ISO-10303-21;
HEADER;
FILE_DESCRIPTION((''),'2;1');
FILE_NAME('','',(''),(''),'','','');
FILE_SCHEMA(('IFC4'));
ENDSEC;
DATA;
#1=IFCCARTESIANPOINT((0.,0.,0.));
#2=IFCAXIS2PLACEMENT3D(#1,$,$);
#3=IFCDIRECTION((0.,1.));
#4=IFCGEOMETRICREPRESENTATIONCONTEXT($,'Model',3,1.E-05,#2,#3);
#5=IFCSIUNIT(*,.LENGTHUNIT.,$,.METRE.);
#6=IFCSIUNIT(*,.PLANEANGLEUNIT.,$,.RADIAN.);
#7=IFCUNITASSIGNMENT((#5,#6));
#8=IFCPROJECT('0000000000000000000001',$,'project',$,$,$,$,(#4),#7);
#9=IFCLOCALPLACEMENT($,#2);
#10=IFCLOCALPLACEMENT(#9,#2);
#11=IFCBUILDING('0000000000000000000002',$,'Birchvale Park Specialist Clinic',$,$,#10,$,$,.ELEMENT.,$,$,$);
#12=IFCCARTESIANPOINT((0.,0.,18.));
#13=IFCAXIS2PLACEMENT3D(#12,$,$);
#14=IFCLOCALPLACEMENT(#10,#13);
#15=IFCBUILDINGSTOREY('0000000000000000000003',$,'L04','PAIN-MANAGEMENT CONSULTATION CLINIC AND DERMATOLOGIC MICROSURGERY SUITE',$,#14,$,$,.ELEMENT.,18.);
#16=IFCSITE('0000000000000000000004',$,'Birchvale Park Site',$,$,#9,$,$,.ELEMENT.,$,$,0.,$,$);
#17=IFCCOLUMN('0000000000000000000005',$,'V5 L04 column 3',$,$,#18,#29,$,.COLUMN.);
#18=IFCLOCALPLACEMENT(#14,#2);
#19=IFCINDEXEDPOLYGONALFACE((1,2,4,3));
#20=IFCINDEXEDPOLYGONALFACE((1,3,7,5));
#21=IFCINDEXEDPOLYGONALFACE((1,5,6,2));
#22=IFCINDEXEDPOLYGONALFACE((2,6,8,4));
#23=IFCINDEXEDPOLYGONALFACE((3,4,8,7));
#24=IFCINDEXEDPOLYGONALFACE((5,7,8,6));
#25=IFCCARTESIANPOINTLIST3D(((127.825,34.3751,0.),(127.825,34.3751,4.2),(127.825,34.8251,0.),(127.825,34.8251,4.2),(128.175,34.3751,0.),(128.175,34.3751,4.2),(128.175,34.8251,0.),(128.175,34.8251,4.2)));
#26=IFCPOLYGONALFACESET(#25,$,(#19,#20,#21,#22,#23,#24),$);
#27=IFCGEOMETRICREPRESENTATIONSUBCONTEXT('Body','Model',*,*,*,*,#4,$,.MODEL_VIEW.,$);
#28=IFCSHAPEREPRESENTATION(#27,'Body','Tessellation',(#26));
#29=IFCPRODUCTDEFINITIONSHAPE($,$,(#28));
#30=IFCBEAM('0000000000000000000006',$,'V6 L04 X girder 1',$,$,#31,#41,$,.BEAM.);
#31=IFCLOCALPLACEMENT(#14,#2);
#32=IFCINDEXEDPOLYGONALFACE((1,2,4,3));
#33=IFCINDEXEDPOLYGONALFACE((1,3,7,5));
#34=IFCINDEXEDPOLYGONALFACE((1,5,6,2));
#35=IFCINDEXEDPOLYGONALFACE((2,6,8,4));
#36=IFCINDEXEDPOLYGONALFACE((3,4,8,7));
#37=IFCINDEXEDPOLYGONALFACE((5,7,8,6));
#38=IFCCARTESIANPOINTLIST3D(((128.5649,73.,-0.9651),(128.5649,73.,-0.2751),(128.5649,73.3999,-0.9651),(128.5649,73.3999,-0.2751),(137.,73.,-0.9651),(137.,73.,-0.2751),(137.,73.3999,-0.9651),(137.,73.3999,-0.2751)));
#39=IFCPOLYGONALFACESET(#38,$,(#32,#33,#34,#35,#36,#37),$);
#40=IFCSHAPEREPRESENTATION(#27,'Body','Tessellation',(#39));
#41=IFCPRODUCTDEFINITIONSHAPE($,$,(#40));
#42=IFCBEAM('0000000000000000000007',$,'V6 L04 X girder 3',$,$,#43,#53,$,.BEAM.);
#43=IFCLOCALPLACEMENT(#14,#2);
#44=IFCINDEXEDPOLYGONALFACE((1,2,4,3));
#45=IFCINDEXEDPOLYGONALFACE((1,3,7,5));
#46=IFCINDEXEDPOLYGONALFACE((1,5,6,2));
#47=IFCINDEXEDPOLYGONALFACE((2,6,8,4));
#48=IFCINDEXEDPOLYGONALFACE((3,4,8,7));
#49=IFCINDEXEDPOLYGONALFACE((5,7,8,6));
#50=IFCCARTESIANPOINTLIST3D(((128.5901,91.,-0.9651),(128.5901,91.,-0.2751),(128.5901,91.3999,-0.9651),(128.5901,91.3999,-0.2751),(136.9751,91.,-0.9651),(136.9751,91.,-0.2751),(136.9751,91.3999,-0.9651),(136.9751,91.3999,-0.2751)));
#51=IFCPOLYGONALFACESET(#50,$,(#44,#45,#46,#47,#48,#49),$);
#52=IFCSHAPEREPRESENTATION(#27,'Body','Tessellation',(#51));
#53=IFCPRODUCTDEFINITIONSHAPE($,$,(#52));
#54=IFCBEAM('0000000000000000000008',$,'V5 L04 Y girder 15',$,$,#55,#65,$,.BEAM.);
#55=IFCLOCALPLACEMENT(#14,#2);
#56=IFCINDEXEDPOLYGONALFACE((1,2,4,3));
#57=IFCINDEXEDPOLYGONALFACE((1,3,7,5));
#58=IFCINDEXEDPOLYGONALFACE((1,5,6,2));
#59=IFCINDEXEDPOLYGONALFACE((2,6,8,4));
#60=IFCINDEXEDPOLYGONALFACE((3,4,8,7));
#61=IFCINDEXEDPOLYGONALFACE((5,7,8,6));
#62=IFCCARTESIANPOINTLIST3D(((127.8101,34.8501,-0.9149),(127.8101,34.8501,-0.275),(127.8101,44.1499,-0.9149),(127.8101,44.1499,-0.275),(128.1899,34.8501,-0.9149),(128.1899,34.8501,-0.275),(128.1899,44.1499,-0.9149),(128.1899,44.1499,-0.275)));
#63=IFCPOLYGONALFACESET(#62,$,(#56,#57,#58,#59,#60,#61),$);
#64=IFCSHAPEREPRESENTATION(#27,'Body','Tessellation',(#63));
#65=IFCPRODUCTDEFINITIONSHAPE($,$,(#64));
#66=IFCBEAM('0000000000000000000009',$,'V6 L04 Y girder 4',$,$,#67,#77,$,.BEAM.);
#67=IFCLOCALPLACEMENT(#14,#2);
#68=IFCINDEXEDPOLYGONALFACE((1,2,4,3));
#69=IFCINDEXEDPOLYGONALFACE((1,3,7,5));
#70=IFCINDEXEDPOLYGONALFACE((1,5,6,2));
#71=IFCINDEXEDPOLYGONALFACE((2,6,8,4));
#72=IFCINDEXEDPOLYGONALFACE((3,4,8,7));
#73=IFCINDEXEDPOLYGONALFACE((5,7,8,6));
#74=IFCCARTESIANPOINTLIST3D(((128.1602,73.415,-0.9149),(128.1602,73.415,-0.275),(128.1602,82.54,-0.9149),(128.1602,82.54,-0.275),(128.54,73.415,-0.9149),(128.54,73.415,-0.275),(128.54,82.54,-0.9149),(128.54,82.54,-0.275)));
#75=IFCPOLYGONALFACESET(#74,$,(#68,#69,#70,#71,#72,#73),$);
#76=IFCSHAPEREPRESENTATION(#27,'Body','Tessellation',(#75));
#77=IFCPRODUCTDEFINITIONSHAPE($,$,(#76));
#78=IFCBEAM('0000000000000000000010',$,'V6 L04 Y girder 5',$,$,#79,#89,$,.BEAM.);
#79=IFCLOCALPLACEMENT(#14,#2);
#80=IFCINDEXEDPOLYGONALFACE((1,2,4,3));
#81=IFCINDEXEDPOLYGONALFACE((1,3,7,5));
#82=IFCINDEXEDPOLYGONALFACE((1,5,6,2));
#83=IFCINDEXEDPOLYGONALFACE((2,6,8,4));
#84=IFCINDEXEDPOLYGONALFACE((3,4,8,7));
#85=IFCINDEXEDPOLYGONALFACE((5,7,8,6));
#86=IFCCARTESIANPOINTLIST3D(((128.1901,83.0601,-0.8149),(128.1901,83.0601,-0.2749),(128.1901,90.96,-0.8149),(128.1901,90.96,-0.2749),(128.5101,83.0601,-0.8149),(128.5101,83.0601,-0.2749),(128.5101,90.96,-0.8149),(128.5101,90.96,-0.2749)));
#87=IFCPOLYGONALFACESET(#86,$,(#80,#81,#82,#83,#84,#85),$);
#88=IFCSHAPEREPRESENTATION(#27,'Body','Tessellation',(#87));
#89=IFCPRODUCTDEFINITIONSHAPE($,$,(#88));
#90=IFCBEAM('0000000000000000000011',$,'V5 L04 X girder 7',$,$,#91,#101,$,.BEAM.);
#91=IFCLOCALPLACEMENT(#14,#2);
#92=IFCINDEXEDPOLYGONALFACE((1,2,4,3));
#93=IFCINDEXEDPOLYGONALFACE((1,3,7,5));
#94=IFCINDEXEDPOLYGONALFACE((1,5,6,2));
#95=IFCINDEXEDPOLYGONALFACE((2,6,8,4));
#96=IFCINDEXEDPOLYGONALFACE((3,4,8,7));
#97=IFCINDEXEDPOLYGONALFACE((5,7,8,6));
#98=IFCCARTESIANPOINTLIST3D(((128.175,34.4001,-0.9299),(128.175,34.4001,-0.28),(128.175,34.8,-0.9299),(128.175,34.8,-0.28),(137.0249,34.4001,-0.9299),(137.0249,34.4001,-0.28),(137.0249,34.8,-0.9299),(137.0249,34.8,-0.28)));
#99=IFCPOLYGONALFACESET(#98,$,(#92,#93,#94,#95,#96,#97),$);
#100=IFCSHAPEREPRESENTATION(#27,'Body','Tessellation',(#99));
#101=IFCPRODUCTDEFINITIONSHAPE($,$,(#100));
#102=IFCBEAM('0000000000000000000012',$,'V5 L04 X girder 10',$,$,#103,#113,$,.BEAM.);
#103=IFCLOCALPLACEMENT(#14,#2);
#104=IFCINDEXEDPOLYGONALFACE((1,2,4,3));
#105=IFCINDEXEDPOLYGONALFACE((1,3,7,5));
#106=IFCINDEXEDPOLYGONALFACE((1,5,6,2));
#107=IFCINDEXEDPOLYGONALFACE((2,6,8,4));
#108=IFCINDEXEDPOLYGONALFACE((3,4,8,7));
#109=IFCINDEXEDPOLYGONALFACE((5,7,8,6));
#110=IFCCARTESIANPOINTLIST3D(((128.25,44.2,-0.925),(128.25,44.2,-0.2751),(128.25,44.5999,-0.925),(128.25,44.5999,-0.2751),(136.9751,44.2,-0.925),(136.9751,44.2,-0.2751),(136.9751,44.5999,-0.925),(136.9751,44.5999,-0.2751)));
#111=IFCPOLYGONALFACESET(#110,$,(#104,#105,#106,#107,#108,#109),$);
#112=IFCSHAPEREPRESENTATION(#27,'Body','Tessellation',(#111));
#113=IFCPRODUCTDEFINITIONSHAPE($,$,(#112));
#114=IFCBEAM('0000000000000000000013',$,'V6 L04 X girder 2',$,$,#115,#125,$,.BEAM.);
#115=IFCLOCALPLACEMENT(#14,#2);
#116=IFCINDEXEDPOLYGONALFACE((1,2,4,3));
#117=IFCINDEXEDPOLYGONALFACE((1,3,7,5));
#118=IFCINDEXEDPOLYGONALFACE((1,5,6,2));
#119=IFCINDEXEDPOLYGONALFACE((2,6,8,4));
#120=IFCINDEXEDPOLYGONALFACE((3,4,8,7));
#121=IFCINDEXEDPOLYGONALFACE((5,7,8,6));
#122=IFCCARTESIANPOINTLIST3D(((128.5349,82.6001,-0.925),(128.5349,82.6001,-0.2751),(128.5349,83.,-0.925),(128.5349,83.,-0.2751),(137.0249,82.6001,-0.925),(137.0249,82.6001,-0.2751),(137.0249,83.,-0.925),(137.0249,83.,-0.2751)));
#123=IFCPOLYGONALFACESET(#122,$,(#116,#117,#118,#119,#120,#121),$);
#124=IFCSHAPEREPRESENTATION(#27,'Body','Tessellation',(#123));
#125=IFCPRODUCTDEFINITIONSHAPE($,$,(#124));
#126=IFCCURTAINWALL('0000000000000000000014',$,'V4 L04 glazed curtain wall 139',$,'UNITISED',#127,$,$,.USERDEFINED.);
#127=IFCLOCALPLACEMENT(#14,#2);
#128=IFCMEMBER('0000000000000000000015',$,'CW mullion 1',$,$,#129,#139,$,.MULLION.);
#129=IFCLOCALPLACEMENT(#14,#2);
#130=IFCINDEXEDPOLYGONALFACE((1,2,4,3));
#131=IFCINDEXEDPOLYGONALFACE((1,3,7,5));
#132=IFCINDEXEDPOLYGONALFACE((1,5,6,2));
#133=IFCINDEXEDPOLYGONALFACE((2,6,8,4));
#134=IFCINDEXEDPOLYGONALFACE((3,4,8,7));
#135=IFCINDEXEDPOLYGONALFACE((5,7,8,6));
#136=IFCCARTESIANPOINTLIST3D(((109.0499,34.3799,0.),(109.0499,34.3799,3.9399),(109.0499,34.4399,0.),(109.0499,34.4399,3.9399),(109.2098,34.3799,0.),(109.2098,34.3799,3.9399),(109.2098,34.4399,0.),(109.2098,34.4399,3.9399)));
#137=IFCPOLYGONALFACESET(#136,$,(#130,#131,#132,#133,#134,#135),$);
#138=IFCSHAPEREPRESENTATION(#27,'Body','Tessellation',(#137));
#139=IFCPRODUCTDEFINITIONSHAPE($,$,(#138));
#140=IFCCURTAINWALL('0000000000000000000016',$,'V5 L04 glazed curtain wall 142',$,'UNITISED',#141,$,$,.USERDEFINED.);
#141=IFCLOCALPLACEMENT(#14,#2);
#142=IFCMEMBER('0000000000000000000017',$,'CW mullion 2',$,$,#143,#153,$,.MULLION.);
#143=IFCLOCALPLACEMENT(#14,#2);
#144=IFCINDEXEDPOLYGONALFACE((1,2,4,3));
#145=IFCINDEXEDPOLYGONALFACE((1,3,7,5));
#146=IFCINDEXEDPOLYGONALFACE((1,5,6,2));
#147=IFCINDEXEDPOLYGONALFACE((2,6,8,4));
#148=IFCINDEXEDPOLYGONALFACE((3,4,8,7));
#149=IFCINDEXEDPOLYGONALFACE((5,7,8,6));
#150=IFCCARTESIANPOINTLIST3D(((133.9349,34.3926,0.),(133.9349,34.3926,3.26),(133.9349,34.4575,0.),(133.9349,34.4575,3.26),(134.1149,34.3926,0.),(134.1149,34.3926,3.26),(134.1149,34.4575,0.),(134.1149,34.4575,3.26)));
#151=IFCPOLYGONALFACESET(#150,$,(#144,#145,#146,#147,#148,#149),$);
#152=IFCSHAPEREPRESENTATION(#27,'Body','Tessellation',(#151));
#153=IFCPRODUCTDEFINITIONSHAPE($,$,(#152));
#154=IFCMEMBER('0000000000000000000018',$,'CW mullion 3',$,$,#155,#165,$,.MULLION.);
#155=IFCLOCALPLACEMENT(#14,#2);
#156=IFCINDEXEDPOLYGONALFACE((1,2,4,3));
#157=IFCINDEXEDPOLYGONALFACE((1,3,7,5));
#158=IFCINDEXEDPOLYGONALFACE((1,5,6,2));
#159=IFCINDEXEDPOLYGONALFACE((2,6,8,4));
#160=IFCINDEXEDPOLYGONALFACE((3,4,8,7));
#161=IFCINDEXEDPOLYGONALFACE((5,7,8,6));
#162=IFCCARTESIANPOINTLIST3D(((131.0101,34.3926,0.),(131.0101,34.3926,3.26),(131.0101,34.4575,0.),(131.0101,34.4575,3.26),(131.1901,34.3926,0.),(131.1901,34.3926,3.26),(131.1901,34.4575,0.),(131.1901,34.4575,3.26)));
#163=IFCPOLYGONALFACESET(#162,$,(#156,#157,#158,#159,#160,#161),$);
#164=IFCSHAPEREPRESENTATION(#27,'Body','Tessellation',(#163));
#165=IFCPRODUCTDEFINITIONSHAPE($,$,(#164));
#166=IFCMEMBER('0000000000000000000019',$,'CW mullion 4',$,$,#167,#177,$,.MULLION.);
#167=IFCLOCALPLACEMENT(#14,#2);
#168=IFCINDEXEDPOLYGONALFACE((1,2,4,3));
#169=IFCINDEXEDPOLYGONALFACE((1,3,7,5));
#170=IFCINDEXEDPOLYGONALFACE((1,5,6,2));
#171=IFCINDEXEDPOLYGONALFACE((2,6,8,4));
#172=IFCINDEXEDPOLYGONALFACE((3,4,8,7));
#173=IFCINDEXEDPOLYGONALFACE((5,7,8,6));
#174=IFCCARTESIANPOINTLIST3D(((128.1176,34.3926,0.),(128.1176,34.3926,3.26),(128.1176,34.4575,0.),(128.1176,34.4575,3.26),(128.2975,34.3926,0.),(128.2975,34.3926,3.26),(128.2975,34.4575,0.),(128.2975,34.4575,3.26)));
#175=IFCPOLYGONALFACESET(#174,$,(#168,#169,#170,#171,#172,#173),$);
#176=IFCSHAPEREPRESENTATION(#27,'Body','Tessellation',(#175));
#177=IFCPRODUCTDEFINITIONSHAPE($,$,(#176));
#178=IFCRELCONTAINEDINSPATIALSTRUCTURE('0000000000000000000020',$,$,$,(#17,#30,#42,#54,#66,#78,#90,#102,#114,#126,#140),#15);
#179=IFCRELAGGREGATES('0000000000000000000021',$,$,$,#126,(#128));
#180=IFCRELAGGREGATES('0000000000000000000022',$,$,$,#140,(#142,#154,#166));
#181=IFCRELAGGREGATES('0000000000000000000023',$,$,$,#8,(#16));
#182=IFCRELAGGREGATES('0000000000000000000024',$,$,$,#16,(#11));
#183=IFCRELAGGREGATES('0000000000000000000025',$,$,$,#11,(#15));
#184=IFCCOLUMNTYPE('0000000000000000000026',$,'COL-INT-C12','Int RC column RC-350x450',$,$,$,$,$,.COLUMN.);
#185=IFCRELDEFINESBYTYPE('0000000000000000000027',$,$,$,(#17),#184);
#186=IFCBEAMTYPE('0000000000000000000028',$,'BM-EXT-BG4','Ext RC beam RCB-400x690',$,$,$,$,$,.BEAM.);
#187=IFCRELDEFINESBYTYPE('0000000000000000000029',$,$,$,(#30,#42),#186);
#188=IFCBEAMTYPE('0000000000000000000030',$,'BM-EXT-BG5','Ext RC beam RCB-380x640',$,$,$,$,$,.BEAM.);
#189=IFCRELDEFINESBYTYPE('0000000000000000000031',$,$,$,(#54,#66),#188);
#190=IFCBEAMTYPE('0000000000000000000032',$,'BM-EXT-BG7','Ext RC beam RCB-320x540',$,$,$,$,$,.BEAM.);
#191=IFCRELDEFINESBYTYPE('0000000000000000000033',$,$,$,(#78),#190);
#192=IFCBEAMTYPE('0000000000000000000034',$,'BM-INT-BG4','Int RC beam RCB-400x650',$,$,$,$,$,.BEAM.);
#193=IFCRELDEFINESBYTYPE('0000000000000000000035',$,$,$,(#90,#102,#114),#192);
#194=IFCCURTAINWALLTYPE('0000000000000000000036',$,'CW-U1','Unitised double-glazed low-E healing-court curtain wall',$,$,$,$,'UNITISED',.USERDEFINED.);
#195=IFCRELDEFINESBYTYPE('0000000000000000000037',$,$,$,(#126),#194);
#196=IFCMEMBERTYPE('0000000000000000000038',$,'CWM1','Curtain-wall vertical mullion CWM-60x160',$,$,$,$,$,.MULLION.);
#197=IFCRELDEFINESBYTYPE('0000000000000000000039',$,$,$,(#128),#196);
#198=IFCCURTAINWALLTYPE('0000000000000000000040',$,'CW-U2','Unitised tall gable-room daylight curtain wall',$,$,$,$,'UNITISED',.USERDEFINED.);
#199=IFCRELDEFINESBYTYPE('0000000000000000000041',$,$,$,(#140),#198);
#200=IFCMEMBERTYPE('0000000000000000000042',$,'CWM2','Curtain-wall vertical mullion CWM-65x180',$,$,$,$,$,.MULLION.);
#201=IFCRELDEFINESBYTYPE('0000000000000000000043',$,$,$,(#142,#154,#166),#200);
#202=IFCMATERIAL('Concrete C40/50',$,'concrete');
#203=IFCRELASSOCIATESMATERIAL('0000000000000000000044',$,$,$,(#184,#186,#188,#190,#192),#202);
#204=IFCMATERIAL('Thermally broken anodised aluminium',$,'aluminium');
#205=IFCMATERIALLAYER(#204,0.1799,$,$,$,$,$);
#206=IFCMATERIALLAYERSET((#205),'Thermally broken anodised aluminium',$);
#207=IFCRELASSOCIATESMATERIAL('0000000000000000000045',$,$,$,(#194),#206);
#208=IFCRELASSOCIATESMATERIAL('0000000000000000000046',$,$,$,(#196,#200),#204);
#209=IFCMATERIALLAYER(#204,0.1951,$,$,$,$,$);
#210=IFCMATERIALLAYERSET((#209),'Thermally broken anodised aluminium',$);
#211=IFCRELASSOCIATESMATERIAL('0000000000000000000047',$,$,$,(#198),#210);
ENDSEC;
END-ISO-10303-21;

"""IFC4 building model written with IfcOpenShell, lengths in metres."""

from ifc_helpers import new_model, si_unit, direction, frame, origin, origin_2d, place, context, subcontext, project, spatial, rectangle, extrude, material, layer, layer_set, material_profile, profile_set, type_object, element, aggregate, save


model = new_model("IFC4")

# Units and contexts
model_context = context("Model", 3, precision=1e-05, world=origin(), true_north=direction((0.0, 1.0)))
body_context = subcontext(model_context, "Body", "Model", "MODEL_VIEW")
ifc_project = project(units=[si_unit("LENGTHUNIT", "METRE"), si_unit("PLANEANGLEUNIT", "RADIAN")], contexts=[model_context])

# Site, building, storey
site_placement = place(None, origin())
site = spatial("IfcSite", under=ifc_project, at=site_placement, Name="Birchvale Park Site", CompositionType="ELEMENT", RefElevation=0.0)
building_placement = place(site_placement, origin())
building = spatial("IfcBuilding", under=site, at=building_placement, Name="Birchvale Park Specialist Clinic", CompositionType="ELEMENT")
storey_placement = place(building_placement, frame((0.0, 0.0, 18.0)))
storey = spatial("IfcBuildingStorey", under=building, at=storey_placement, Name="L04", Description="PAIN-MANAGEMENT CONSULTATION CLINIC AND DERMATOLOGIC MICROSURGERY SUITE", CompositionType="ELEMENT", Elevation=18.0)

# Column
ifc_material_1 = material(Name="Concrete C40/50", Category="concrete")
ifc_material_profile_1 = material_profile(ifc_material_1, rectangle(XDim=0.3501, YDim=0.45, at=origin_2d()), Name="RC-350x450")
ifc_profile_set_1 = profile_set([ifc_material_profile_1], Name="Concrete C40/50")
column_type = type_object("IfcColumnType", Name="COL-INT-C12", Description="Int RC column RC-350x450", PredefinedType="COLUMN", material=ifc_profile_set_1)
column_placement = place(storey_placement, frame((128.0, 34.6001, 0.0), z_axis=(0.0, 0.0, 1.0), x_axis=(1.0, 0.0, 0.0)))
element("IfcColumn", 1, at=column_placement, inside=storey, type_object=column_type, Name="V5 L04 column 3", PredefinedType="COLUMN", context=body_context, shape_type="SweptSolid", body=[
    extrude(rectangle(XDim=0.3501, YDim=0.45, at=origin_2d()), origin(), (0.0, 0.0, 1.0), 4.2),
])

# Beams
ifc_material_profile_2 = material_profile(ifc_material_1, rectangle(XDim=0.3999, YDim=0.6899, at=origin_2d()), Name="RCB-400x690")
ifc_profile_set_2 = profile_set([ifc_material_profile_2], Name="Concrete C40/50")
beam_type_1 = type_object("IfcBeamType", Name="BM-EXT-BG4", Description="Ext RC beam RCB-400x690", PredefinedType="BEAM", material=ifc_profile_set_2)
beam_1_placement = place(storey_placement, frame((128.5649, 73.2, -0.6201), z_axis=(1.0, 0.0, 0.0), x_axis=(0.0, 1.0, 0.0)))
element("IfcBeam", 2, at=beam_1_placement, inside=storey, type_object=beam_type_1, Name="V6 L04 X girder 1", PredefinedType="BEAM", context=body_context, shape_type="SweptSolid", body=[
    extrude(rectangle(XDim=0.3999, YDim=0.6899, at=origin_2d()), origin(), (0.0, 0.0, 1.0), 8.4351),
])
beam_2_placement = place(storey_placement, frame((128.5901, 91.2, -0.6201), z_axis=(1.0, 0.0, 0.0), x_axis=(0.0, 1.0, 0.0)))
element("IfcBeam", 3, at=beam_2_placement, inside=storey, type_object=beam_type_1, Name="V6 L04 X girder 3", PredefinedType="BEAM", context=body_context, shape_type="SweptSolid", body=[
    extrude(rectangle(XDim=0.3999, YDim=0.6899, at=origin_2d()), origin(), (0.0, 0.0, 1.0), 8.385),
])
ifc_material_profile_3 = material_profile(ifc_material_1, rectangle(XDim=0.3799, YDim=0.6399, at=origin_2d()), Name="RCB-380x640")
ifc_profile_set_3 = profile_set([ifc_material_profile_3], Name="Concrete C40/50")
beam_type_2 = type_object("IfcBeamType", Name="BM-EXT-BG5", Description="Ext RC beam RCB-380x640", PredefinedType="BEAM", material=ifc_profile_set_3)
beam_3_placement = place(storey_placement, frame((128.0, 34.8501, -0.595), z_axis=(0.0, 1.0, 0.0), x_axis=(-1.0, 0.0, 0.0)))
element("IfcBeam", 4, at=beam_3_placement, inside=storey, type_object=beam_type_2, Name="V5 L04 Y girder 15", PredefinedType="BEAM", context=body_context, shape_type="SweptSolid", body=[
    extrude(rectangle(XDim=0.3799, YDim=0.6399, at=origin_2d()), origin(), (0.0, 0.0, 1.0), 9.2998),
])
beam_4_placement = place(storey_placement, frame((128.3501, 73.415, -0.595), z_axis=(0.0, 1.0, 0.0), x_axis=(-1.0, 0.0, 0.0)))
element("IfcBeam", 5, at=beam_4_placement, inside=storey, type_object=beam_type_2, Name="V6 L04 Y girder 4", PredefinedType="BEAM", context=body_context, shape_type="SweptSolid", body=[
    extrude(rectangle(XDim=0.3799, YDim=0.6399, at=origin_2d()), origin(), (0.0, 0.0, 1.0), 9.125),
])
ifc_material_profile_4 = material_profile(ifc_material_1, rectangle(XDim=0.3201, YDim=0.54, at=origin_2d()), Name="RCB-320x540")
ifc_profile_set_4 = profile_set([ifc_material_profile_4], Name="Concrete C40/50")
beam_type_3 = type_object("IfcBeamType", Name="BM-EXT-BG7", Description="Ext RC beam RCB-320x540", PredefinedType="BEAM", material=ifc_profile_set_4)
beam_5_placement = place(storey_placement, frame((128.3501, 83.0601, -0.5449), z_axis=(0.0, 1.0, 0.0), x_axis=(-1.0, 0.0, 0.0)))
element("IfcBeam", 6, at=beam_5_placement, inside=storey, type_object=beam_type_3, Name="V6 L04 Y girder 5", PredefinedType="BEAM", context=body_context, shape_type="SweptSolid", body=[
    extrude(rectangle(XDim=0.3201, YDim=0.54, at=origin_2d()), origin(), (0.0, 0.0, 1.0), 7.8999),
])
ifc_material_profile_5 = material_profile(ifc_material_1, rectangle(XDim=0.3999, YDim=0.6499, at=origin_2d()), Name="RCB-400x650")
ifc_profile_set_5 = profile_set([ifc_material_profile_5], Name="Concrete C40/50")
beam_type_4 = type_object("IfcBeamType", Name="BM-INT-BG4", Description="Int RC beam RCB-400x650", PredefinedType="BEAM", material=ifc_profile_set_5)
beam_6_placement = place(storey_placement, frame((128.175, 34.6001, -0.605), z_axis=(1.0, 0.0, 0.0), x_axis=(0.0, 1.0, 0.0)))
element("IfcBeam", 7, at=beam_6_placement, inside=storey, type_object=beam_type_4, Name="V5 L04 X girder 7", PredefinedType="BEAM", context=body_context, shape_type="SweptSolid", body=[
    extrude(rectangle(XDim=0.3999, YDim=0.6499, at=origin_2d()), origin(), (0.0, 0.0, 1.0), 8.8499),
])
beam_7_placement = place(storey_placement, frame((128.25, 44.3999, -0.6001), z_axis=(1.0, 0.0, 0.0), x_axis=(0.0, 1.0, 0.0)))
element("IfcBeam", 8, at=beam_7_placement, inside=storey, type_object=beam_type_4, Name="V5 L04 X girder 10", PredefinedType="BEAM", context=body_context, shape_type="SweptSolid", body=[
    extrude(rectangle(XDim=0.3999, YDim=0.6499, at=origin_2d()), origin(), (0.0, 0.0, 1.0), 8.7251),
])
beam_8_placement = place(storey_placement, frame((128.5349, 82.8, -0.6001), z_axis=(1.0, 0.0, 0.0), x_axis=(0.0, 1.0, 0.0)))
element("IfcBeam", 9, at=beam_8_placement, inside=storey, type_object=beam_type_4, Name="V6 L04 X girder 2", PredefinedType="BEAM", context=body_context, shape_type="SweptSolid", body=[
    extrude(rectangle(XDim=0.3999, YDim=0.6499, at=origin_2d()), origin(), (0.0, 0.0, 1.0), 8.49),
])

# Curtain wall, member
ifc_material_2 = material(Name="Thermally broken anodised aluminium", Category="aluminium")
ifc_layer_1 = layer(ifc_material_2, 0.1799)
ifc_layer_set_1 = layer_set([ifc_layer_1], Name="Thermally broken anodised aluminium")
curtain_wall_type_1 = type_object("IfcCurtainWallType", Name="CW-U1", Description="Unitised double-glazed low-E healing-court curtain wall", ElementType="UNITISED", PredefinedType="USERDEFINED", material=ifc_layer_set_1)
curtain_wall_1_placement = place(storey_placement, origin())
curtain_wall_1 = element("IfcCurtainWall", 10, at=curtain_wall_1_placement, inside=storey, type_object=curtain_wall_type_1, Name="V4 L04 glazed curtain wall 139", ObjectType="UNITISED", PredefinedType="USERDEFINED")
ifc_material_profile_6 = material_profile(ifc_material_2, rectangle(XDim=0.0601, YDim=0.1599, at=origin_2d()), Name="CWM-60x160")
ifc_profile_set_6 = profile_set([ifc_material_profile_6], Name="Thermally broken anodised aluminium")
member_type_1 = type_object("IfcMemberType", Name="CWM1", Description="Curtain-wall vertical mullion CWM-60x160", PredefinedType="MULLION", material=ifc_profile_set_6)
member_1_placement = place(storey_placement, frame((109.1299, 34.4099, 0.0), z_axis=(0.0, 0.0, 1.0), x_axis=(0.0, -1.0, 0.0)))
member_1 = element("IfcMember", 11, at=member_1_placement, type_object=member_type_1, Name="CW mullion 1", PredefinedType="MULLION", context=body_context, shape_type="SweptSolid", body=[
    extrude(rectangle(XDim=0.0601, YDim=0.1599, at=origin_2d()), origin(), (0.0, 0.0, 1.0), 3.9399),
])

# Curtain wall, members
ifc_layer_2 = layer(ifc_material_2, 0.1951)
ifc_layer_set_2 = layer_set([ifc_layer_2], Name="Thermally broken anodised aluminium")
curtain_wall_type_2 = type_object("IfcCurtainWallType", Name="CW-U2", Description="Unitised tall gable-room daylight curtain wall", ElementType="UNITISED", PredefinedType="USERDEFINED", material=ifc_layer_set_2)
curtain_wall_2_placement = place(storey_placement, origin())
curtain_wall_2 = element("IfcCurtainWall", 12, at=curtain_wall_2_placement, inside=storey, type_object=curtain_wall_type_2, Name="V5 L04 glazed curtain wall 142", ObjectType="UNITISED", PredefinedType="USERDEFINED")
ifc_material_profile_7 = material_profile(ifc_material_2, rectangle(XDim=0.0649, YDim=0.1799, at=origin_2d()), Name="CWM-65x180")
ifc_profile_set_7 = profile_set([ifc_material_profile_7], Name="Thermally broken anodised aluminium")
member_type_2 = type_object("IfcMemberType", Name="CWM2", Description="Curtain-wall vertical mullion CWM-65x180", PredefinedType="MULLION", material=ifc_profile_set_7)
member_2_placement = place(storey_placement, frame((134.0249, 34.425, 0.0), z_axis=(0.0, 0.0, 1.0), x_axis=(0.0, -1.0, 0.0)))
member_2 = element("IfcMember", 13, at=member_2_placement, type_object=member_type_2, Name="CW mullion 2", PredefinedType="MULLION", context=body_context, shape_type="SweptSolid", body=[
    extrude(rectangle(XDim=0.0649, YDim=0.1799, at=origin_2d()), origin(), (0.0, 0.0, 1.0), 3.26),
])
member_3_placement = place(storey_placement, frame((131.1001, 34.425, 0.0), z_axis=(0.0, 0.0, 1.0), x_axis=(0.0, -1.0, 0.0)))
member_3 = element("IfcMember", 14, at=member_3_placement, type_object=member_type_2, Name="CW mullion 3", PredefinedType="MULLION", context=body_context, shape_type="SweptSolid", body=[
    extrude(rectangle(XDim=0.0649, YDim=0.1799, at=origin_2d()), origin(), (0.0, 0.0, 1.0), 3.26),
])
member_4_placement = place(storey_placement, frame((128.2075, 34.425, 0.0), z_axis=(0.0, 0.0, 1.0), x_axis=(0.0, -1.0, 0.0)))
member_4 = element("IfcMember", 15, at=member_4_placement, type_object=member_type_2, Name="CW mullion 4", PredefinedType="MULLION", context=body_context, shape_type="SweptSolid", body=[
    extrude(rectangle(XDim=0.0649, YDim=0.1799, at=origin_2d()), origin(), (0.0, 0.0, 1.0), 3.26),
])

aggregate(curtain_wall_1, [member_1])

aggregate(curtain_wall_2, [member_2, member_3, member_4])

save(model, "model.ifc")
